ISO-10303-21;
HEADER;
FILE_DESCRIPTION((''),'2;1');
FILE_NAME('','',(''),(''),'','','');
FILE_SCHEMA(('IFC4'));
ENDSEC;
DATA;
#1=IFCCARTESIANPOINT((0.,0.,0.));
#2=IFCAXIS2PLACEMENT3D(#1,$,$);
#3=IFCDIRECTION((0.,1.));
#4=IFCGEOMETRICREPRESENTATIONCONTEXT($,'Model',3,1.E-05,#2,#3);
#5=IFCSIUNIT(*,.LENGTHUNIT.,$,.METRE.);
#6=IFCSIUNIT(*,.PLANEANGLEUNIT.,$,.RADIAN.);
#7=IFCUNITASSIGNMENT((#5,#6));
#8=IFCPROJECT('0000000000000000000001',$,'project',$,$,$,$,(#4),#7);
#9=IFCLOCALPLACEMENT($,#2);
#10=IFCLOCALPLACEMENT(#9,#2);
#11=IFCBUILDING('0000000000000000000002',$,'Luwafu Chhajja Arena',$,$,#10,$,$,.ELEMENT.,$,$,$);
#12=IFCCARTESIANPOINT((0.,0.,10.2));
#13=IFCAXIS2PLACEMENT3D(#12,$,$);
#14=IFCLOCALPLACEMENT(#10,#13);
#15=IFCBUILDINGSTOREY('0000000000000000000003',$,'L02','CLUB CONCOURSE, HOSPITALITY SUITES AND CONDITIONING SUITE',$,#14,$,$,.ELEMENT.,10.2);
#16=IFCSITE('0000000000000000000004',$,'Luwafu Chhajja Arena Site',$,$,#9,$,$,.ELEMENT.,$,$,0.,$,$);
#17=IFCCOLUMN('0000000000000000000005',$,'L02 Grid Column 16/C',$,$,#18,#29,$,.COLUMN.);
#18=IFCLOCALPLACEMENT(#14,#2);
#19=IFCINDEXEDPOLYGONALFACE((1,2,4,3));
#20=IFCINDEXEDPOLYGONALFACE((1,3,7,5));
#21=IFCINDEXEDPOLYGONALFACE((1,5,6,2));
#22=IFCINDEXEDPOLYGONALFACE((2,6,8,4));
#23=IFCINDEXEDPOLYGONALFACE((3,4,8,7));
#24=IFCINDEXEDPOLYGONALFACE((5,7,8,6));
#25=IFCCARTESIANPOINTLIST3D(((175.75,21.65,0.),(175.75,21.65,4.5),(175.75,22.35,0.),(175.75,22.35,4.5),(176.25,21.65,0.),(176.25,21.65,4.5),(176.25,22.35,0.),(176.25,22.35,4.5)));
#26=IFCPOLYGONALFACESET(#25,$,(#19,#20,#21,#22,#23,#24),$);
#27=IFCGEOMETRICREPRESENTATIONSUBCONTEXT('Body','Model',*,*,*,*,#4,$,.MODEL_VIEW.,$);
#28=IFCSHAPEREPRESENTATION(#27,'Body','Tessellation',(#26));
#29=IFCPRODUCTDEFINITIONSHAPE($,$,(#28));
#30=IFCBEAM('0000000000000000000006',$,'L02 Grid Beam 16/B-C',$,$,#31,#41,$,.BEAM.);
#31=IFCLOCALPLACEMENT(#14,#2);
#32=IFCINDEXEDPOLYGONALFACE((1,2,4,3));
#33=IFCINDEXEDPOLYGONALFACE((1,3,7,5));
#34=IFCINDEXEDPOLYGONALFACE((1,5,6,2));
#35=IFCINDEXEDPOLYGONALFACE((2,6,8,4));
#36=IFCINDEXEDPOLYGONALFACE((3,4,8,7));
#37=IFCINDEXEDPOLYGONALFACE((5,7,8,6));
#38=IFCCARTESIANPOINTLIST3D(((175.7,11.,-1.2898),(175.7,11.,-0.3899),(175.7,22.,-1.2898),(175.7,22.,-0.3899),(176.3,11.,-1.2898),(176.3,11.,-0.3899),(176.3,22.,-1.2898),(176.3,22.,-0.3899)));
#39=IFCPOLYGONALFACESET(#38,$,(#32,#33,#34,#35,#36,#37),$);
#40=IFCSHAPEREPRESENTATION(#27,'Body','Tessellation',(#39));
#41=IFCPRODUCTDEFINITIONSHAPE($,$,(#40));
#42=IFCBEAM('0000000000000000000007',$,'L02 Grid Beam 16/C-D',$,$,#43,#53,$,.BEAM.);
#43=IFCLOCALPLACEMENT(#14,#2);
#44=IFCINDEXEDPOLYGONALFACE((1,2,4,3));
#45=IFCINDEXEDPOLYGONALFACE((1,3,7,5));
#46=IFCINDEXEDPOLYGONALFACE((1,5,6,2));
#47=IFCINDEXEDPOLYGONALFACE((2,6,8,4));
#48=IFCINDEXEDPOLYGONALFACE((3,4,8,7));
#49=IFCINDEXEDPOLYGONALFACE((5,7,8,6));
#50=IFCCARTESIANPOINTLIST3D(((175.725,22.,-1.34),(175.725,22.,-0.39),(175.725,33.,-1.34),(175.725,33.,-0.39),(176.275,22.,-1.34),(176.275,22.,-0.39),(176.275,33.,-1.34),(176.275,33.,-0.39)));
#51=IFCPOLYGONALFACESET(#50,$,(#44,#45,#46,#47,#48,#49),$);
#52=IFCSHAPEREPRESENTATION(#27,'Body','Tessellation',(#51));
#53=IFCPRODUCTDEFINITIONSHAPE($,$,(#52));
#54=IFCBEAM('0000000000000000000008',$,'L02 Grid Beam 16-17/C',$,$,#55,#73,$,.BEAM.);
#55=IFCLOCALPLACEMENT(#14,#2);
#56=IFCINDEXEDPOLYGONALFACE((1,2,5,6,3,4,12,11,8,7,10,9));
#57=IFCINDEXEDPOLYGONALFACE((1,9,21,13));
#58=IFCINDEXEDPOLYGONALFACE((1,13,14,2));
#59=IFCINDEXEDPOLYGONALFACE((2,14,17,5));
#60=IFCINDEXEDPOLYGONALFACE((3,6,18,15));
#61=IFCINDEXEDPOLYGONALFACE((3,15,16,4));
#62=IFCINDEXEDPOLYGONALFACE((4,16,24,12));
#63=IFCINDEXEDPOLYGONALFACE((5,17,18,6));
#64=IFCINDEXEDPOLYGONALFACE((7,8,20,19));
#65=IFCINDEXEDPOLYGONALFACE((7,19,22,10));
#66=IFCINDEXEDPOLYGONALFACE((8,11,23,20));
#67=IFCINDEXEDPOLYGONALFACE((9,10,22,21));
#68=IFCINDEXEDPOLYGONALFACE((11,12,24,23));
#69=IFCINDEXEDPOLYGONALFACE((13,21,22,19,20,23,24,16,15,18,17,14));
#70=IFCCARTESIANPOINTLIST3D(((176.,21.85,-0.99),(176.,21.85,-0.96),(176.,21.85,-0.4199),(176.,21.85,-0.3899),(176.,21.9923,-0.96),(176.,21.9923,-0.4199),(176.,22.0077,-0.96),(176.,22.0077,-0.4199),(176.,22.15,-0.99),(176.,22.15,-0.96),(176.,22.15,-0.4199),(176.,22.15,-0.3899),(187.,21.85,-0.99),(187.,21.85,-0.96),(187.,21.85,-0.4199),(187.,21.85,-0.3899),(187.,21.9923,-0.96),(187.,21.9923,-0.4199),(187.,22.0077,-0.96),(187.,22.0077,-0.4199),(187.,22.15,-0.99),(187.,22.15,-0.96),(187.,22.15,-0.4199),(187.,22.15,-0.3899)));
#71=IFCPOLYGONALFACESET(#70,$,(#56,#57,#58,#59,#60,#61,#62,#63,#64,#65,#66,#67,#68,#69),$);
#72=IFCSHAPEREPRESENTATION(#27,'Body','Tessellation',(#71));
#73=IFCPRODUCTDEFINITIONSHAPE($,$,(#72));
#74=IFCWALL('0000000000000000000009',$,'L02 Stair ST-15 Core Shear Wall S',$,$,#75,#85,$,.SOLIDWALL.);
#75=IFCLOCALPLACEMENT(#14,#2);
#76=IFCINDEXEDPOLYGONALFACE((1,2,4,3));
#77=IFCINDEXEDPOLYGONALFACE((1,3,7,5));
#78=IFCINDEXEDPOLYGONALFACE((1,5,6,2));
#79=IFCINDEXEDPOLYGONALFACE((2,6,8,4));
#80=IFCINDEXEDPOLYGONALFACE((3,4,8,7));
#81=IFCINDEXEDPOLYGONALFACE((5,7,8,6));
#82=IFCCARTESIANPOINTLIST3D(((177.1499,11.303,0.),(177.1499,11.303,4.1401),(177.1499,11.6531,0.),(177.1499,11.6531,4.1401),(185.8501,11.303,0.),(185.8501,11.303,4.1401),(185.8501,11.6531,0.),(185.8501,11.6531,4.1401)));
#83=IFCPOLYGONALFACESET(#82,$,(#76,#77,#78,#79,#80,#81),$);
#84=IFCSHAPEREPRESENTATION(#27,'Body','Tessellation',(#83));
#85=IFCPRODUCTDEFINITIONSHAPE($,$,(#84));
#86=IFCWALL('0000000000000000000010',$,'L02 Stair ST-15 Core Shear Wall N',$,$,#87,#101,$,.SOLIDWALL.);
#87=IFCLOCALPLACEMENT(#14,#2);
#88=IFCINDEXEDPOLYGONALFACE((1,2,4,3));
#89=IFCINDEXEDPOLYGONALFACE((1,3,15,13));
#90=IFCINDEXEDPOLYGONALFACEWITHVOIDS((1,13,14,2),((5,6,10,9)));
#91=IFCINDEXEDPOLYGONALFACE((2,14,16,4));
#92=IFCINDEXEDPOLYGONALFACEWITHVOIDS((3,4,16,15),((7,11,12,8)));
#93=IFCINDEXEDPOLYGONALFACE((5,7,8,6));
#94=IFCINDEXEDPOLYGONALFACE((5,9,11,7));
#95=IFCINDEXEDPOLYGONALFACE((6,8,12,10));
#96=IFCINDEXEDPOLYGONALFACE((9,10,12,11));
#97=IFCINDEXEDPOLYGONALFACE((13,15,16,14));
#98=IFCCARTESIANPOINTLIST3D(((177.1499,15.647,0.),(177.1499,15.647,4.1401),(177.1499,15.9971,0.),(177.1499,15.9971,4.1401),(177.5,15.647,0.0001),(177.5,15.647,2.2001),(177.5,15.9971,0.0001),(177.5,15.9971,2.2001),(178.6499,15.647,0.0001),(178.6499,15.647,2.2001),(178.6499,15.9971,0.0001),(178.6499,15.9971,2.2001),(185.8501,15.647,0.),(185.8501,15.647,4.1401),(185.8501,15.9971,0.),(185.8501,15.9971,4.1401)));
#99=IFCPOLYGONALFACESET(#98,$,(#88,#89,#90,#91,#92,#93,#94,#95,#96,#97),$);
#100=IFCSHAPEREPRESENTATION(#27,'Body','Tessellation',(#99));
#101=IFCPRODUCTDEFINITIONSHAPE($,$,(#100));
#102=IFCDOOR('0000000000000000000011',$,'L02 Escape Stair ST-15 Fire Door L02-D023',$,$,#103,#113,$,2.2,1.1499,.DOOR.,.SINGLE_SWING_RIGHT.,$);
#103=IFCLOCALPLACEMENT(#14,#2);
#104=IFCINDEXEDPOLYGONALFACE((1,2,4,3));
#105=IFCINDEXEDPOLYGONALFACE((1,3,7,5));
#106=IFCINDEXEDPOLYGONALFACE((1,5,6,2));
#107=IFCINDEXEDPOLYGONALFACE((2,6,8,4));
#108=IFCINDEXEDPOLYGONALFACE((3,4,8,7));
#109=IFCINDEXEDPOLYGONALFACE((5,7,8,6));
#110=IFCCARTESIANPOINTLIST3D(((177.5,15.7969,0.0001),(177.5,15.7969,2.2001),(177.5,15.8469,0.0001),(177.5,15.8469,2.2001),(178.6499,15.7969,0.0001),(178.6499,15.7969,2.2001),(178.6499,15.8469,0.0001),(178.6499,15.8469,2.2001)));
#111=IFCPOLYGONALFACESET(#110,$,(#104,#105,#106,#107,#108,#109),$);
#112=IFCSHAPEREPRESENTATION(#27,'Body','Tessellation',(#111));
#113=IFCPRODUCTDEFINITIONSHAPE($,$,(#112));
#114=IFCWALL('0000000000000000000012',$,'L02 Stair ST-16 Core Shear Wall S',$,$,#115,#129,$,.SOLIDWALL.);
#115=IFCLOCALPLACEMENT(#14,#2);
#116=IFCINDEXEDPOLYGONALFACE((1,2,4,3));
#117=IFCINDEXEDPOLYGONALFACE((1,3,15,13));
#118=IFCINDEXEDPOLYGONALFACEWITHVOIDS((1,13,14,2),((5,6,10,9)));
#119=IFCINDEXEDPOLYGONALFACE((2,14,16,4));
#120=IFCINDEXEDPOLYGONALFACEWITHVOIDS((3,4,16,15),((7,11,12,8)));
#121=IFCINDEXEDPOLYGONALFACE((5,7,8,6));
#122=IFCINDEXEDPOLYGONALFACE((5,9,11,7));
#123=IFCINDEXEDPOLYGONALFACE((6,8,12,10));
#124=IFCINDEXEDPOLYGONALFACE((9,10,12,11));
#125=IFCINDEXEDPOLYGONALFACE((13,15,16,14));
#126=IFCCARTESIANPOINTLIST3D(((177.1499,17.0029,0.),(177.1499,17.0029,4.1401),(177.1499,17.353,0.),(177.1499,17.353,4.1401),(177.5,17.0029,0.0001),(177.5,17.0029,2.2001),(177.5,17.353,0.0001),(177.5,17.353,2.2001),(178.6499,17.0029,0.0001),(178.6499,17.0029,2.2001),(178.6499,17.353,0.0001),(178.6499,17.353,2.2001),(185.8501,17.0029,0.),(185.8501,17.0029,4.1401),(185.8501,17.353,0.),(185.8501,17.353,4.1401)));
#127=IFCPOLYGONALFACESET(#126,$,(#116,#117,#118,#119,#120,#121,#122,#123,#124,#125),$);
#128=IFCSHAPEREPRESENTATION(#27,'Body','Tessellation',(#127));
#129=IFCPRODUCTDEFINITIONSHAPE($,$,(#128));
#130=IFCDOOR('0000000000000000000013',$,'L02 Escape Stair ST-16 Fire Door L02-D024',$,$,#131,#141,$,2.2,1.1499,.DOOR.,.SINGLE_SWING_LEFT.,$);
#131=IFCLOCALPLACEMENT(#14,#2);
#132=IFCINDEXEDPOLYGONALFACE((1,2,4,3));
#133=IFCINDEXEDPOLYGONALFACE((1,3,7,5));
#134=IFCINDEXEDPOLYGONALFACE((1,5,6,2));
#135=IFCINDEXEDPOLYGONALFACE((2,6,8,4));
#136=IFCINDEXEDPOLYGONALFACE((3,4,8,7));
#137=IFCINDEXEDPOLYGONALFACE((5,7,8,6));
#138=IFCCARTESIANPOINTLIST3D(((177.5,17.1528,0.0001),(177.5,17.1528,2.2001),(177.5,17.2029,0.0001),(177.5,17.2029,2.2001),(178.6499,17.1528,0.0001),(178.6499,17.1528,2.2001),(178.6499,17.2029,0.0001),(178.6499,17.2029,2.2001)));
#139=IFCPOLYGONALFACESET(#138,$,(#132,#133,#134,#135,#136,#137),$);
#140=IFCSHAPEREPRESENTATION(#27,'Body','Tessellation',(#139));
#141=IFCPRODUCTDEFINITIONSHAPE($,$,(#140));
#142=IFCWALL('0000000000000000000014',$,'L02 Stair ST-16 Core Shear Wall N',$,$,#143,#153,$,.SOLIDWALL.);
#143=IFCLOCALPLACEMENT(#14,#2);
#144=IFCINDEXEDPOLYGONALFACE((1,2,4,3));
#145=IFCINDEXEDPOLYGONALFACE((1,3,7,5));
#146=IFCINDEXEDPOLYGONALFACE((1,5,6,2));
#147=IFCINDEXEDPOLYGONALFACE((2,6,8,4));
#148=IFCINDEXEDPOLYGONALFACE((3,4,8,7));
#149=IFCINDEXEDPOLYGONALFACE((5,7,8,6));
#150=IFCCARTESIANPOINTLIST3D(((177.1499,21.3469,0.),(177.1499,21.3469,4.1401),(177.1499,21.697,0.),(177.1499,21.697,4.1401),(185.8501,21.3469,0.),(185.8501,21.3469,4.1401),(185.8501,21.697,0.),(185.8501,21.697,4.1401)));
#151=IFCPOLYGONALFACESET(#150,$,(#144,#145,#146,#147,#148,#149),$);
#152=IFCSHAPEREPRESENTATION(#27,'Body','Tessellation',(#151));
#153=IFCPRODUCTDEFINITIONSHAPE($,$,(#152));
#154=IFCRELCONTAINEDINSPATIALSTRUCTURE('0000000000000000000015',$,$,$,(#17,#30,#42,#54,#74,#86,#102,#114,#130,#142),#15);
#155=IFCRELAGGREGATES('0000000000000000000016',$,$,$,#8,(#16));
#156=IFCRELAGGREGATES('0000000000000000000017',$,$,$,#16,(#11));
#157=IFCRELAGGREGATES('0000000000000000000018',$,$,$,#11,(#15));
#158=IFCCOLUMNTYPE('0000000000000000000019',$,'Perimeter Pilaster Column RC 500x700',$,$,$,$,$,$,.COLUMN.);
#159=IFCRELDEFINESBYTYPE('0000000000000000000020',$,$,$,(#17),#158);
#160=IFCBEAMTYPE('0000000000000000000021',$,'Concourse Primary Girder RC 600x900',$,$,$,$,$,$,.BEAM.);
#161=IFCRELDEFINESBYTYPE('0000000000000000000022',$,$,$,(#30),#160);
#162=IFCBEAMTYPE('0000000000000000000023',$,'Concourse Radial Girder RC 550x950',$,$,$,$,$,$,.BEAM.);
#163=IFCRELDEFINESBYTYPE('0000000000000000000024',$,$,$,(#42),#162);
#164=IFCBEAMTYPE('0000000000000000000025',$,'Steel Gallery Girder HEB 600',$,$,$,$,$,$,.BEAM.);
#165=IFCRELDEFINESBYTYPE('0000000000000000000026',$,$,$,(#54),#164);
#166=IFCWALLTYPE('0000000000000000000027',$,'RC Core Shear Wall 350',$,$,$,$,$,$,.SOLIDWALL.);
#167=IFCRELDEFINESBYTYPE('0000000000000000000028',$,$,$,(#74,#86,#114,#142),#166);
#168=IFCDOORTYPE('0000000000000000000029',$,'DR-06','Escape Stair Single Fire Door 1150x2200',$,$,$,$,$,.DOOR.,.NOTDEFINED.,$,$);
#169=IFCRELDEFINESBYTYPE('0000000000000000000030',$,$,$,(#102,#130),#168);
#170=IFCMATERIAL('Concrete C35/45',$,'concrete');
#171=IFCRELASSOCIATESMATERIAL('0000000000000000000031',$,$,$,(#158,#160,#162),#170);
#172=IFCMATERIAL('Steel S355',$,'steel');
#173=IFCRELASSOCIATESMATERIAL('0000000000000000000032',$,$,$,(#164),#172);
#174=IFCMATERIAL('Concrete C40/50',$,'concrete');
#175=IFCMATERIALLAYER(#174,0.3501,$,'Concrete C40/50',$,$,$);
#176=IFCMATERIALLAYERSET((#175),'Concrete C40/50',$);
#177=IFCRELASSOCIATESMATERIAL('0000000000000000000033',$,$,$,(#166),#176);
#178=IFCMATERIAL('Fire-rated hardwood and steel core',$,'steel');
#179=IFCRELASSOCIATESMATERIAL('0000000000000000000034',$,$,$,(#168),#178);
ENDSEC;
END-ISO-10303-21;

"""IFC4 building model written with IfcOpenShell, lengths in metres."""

from ifc_helpers import new_model, si_unit, direction, frame, frame_2d, origin, origin_2d, place, context, subcontext, project, spatial, rectangle, i_section, extrude, material, layer, layer_set, material_profile, profile_set, type_object, element, fill, save


model = new_model("IFC4")

# Units and contexts
model_context = context("Model", 3, precision=1e-05, world=origin(), true_north=direction((0.0, 1.0)))
body_context = subcontext(model_context, "Body", "Model", "MODEL_VIEW")
ifc_project = project(units=[si_unit("LENGTHUNIT", "METRE"), si_unit("PLANEANGLEUNIT", "RADIAN")], contexts=[model_context])

# Site, building, storey
site_placement = place(None, origin())
site = spatial("IfcSite", under=ifc_project, at=site_placement, Name="Luwafu Chhajja Arena Site", CompositionType="ELEMENT", RefElevation=0.0)
building_placement = place(site_placement, origin())
building = spatial("IfcBuilding", under=site, at=building_placement, Name="Luwafu Chhajja Arena", CompositionType="ELEMENT")
storey_placement = place(building_placement, frame((0.0, 0.0, 10.2)))
storey = spatial("IfcBuildingStorey", under=building, at=storey_placement, Name="L02", Description="CLUB CONCOURSE, HOSPITALITY SUITES AND CONDITIONING SUITE", CompositionType="ELEMENT", Elevation=10.2)

# Column
ifc_material_1 = material(Name="Concrete C35/45", Category="concrete")
ifc_material_profile_1 = material_profile(ifc_material_1, rectangle(XDim=0.5, YDim=0.7, at=origin_2d()), Name="RC 500x700")
ifc_profile_set_1 = profile_set([ifc_material_profile_1], Name="Concrete C35/45")
column_type = type_object("IfcColumnType", Name="Perimeter Pilaster Column RC 500x700", PredefinedType="COLUMN", material=ifc_profile_set_1)
column_placement = place(storey_placement, frame((176.0, 22.0, 0.0), z_axis=(0.0, 0.0, 1.0), x_axis=(1.0, 0.0, 0.0)))
element("IfcColumn", 1, at=column_placement, inside=storey, type_object=column_type, Name="L02 Grid Column 16/C", PredefinedType="COLUMN", context=body_context, shape_type="SweptSolid", body=[
    extrude(rectangle(XDim=0.5, YDim=0.7, at=origin_2d()), origin(), (0.0, 0.0, 1.0), 4.5),
])

# Beams
ifc_material_profile_2 = material_profile(ifc_material_1, rectangle(XDim=0.6001, YDim=0.8999, at=origin_2d()), Name="RC 600x900")
ifc_profile_set_2 = profile_set([ifc_material_profile_2], Name="Concrete C35/45")
beam_type_1 = type_object("IfcBeamType", Name="Concourse Primary Girder RC 600x900", PredefinedType="BEAM", material=ifc_profile_set_2)
beam_1_placement = place(storey_placement, frame((176.0, 11.0, -0.8398), z_axis=(0.0, 1.0, 0.0), x_axis=(-1.0, 0.0, 0.0)))
element("IfcBeam", 2, at=beam_1_placement, inside=storey, type_object=beam_type_1, Name="L02 Grid Beam 16/B-C", PredefinedType="BEAM", context=body_context, shape_type="SweptSolid", body=[
    extrude(rectangle(XDim=0.6001, YDim=0.8999, at=origin_2d()), origin(), (0.0, 0.0, 1.0), 11.0),
])
ifc_material_profile_3 = material_profile(ifc_material_1, rectangle(XDim=0.55, YDim=0.95, at=origin_2d()), Name="RC 550x950")
ifc_profile_set_3 = profile_set([ifc_material_profile_3], Name="Concrete C35/45")
beam_type_2 = type_object("IfcBeamType", Name="Concourse Radial Girder RC 550x950", PredefinedType="BEAM", material=ifc_profile_set_3)
beam_2_placement = place(storey_placement, frame((176.0, 22.0, -0.865), z_axis=(0.0, 1.0, 0.0), x_axis=(-1.0, 0.0, 0.0)))
element("IfcBeam", 3, at=beam_2_placement, inside=storey, type_object=beam_type_2, Name="L02 Grid Beam 16/C-D", PredefinedType="BEAM", context=body_context, shape_type="SweptSolid", body=[
    extrude(rectangle(XDim=0.55, YDim=0.95, at=origin_2d()), origin(), (0.0, 0.0, 1.0), 11.0),
])
ifc_material_2 = material(Name="Steel S355", Category="steel")
ifc_material_profile_4 = material_profile(ifc_material_2, i_section(OverallWidth=0.3, OverallDepth=0.6001, WebThickness=0.0154, FlangeThickness=0.03, at=origin_2d()), Name="HEB 600")
ifc_profile_set_4 = profile_set([ifc_material_profile_4], Name="Steel S355")
beam_type_3 = type_object("IfcBeamType", Name="Steel Gallery Girder HEB 600", PredefinedType="BEAM", material=ifc_profile_set_4)
beam_3_placement = place(storey_placement, frame((176.0, 22.0, -0.6899), z_axis=(1.0, 0.0, 0.0), x_axis=(0.0, 1.0, 0.0)))
element("IfcBeam", 4, at=beam_3_placement, inside=storey, type_object=beam_type_3, Name="L02 Grid Beam 16-17/C", PredefinedType="BEAM", context=body_context, shape_type="SweptSolid", body=[
    extrude(i_section(OverallWidth=0.3, OverallDepth=0.6001, WebThickness=0.0154, FlangeThickness=0.03, at=origin_2d()), origin(), (0.0, 0.0, 1.0), 11.0),
])

# Wall
ifc_material_3 = material(Name="Concrete C40/50", Category="concrete")
ifc_layer_1 = layer(ifc_material_3, 0.3501, Name="Concrete C40/50")
ifc_layer_set_1 = layer_set([ifc_layer_1], Name="Concrete C40/50")
wall_type_1 = type_object("IfcWallType", Name="RC Core Shear Wall 350", PredefinedType="SOLIDWALL", material=ifc_layer_set_1)
wall_1_placement = place(storey_placement, frame((177.1499, 11.478, 0.0), z_axis=(0.0, 0.0, 1.0), x_axis=(1.0, 0.0, 0.0)))
element("IfcWall", 5, at=wall_1_placement, inside=storey, type_object=wall_type_1, Name="L02 Stair ST-15 Core Shear Wall S", PredefinedType="SOLIDWALL", context=body_context, shape_type="SweptSolid", body=[
    extrude(rectangle(XDim=8.7002, YDim=0.3501, at=frame_2d((4.3501, 0.0))), origin(), (0.0, 0.0, 1.0), 4.1401),
])

# Walls, openings, doors
wall_2_placement = place(storey_placement, frame((177.1499, 15.822, 0.0), z_axis=(0.0, 0.0, 1.0), x_axis=(1.0, 0.0, 0.0)))
wall_2 = element("IfcWall", 6, at=wall_2_placement, inside=storey, type_object=wall_type_1, Name="L02 Stair ST-15 Core Shear Wall N", PredefinedType="SOLIDWALL", context=body_context, shape_type="SweptSolid", body=[
    extrude(rectangle(XDim=8.7002, YDim=0.3501, at=frame_2d((4.3501, 0.0))), origin(), (0.0, 0.0, 1.0), 4.1401),
])
opening_1_placement = place(wall_2_placement, frame((0.3501, 0.0, 0.0)))
opening_1 = element("IfcOpeningElement", 7, at=opening_1_placement, cuts=wall_2, PredefinedType="OPENING", context=body_context, shape_type="SweptSolid", body=[
    extrude(rectangle(XDim=1.1499, YDim=2.2, at=frame_2d((0.575, 1.1001))), frame((0.0, 0.1851, 0.0), z_axis=(0.0, -1.0, 0.0), x_axis=(1.0, 0.0, 0.0)), (0.0, 0.0, 1.0), 0.3701),
])
ifc_material_4 = material(Name="Fire-rated hardwood and steel core", Category="steel")
door_type = type_object("IfcDoorType", Name="DR-06", Description="Escape Stair Single Fire Door 1150x2200", OperationType="NOTDEFINED", PredefinedType="DOOR", material=ifc_material_4)
door_1_placement = place(opening_1_placement, origin())
door_1 = element("IfcDoor", 8, at=door_1_placement, inside=storey, type_object=door_type, Name="L02 Escape Stair ST-15 Fire Door L02-D023", OperationType="SINGLE_SWING_RIGHT", OverallHeight=2.2, OverallWidth=1.1499, PredefinedType="DOOR", context=body_context, shape_type="SweptSolid", body=[
    extrude(rectangle(XDim=1.1499, YDim=2.2, at=frame_2d((0.575, 1.1001))), frame((0.0, 0.0249, 0.0), z_axis=(0.0, -1.0, 0.0), x_axis=(1.0, 0.0, 0.0)), (0.0, 0.0, 1.0), 0.05),
])
fill(opening_1, door_1)
wall_3_placement = place(storey_placement, frame((177.1499, 17.178, 0.0), z_axis=(0.0, 0.0, 1.0), x_axis=(1.0, 0.0, 0.0)))
wall_3 = element("IfcWall", 9, at=wall_3_placement, inside=storey, type_object=wall_type_1, Name="L02 Stair ST-16 Core Shear Wall S", PredefinedType="SOLIDWALL", context=body_context, shape_type="SweptSolid", body=[
    extrude(rectangle(XDim=8.7002, YDim=0.3501, at=frame_2d((4.3501, 0.0))), origin(), (0.0, 0.0, 1.0), 4.1401),
])
opening_2_placement = place(wall_3_placement, frame((0.3501, 0.0, 0.0)))
opening_2 = element("IfcOpeningElement", 10, at=opening_2_placement, cuts=wall_3, PredefinedType="OPENING", context=body_context, shape_type="SweptSolid", body=[
    extrude(rectangle(XDim=1.1499, YDim=2.2, at=frame_2d((0.575, 1.1001))), frame((0.0, 0.1851, 0.0), z_axis=(0.0, -1.0, 0.0), x_axis=(1.0, 0.0, 0.0)), (0.0, 0.0, 1.0), 0.3701),
])
door_2_placement = place(opening_2_placement, origin())
door_2 = element("IfcDoor", 11, at=door_2_placement, inside=storey, type_object=door_type, Name="L02 Escape Stair ST-16 Fire Door L02-D024", OperationType="SINGLE_SWING_LEFT", OverallHeight=2.2, OverallWidth=1.1499, PredefinedType="DOOR", context=body_context, shape_type="SweptSolid", body=[
    extrude(rectangle(XDim=1.1499, YDim=2.2, at=frame_2d((0.575, 1.1001))), frame((0.0, 0.0249, 0.0), z_axis=(0.0, -1.0, 0.0), x_axis=(1.0, 0.0, 0.0)), (0.0, 0.0, 1.0), 0.05),
])
fill(opening_2, door_2)

# Wall
wall_4_placement = place(storey_placement, frame((177.1499, 21.522, 0.0), z_axis=(0.0, 0.0, 1.0), x_axis=(1.0, 0.0, 0.0)))
element("IfcWall", 12, at=wall_4_placement, inside=storey, type_object=wall_type_1, Name="L02 Stair ST-16 Core Shear Wall N", PredefinedType="SOLIDWALL", context=body_context, shape_type="SweptSolid", body=[
    extrude(rectangle(XDim=8.7002, YDim=0.3501, at=frame_2d((4.3501, 0.0))), origin(), (0.0, 0.0, 1.0), 4.1401),
])

save(model, "model.ifc")
